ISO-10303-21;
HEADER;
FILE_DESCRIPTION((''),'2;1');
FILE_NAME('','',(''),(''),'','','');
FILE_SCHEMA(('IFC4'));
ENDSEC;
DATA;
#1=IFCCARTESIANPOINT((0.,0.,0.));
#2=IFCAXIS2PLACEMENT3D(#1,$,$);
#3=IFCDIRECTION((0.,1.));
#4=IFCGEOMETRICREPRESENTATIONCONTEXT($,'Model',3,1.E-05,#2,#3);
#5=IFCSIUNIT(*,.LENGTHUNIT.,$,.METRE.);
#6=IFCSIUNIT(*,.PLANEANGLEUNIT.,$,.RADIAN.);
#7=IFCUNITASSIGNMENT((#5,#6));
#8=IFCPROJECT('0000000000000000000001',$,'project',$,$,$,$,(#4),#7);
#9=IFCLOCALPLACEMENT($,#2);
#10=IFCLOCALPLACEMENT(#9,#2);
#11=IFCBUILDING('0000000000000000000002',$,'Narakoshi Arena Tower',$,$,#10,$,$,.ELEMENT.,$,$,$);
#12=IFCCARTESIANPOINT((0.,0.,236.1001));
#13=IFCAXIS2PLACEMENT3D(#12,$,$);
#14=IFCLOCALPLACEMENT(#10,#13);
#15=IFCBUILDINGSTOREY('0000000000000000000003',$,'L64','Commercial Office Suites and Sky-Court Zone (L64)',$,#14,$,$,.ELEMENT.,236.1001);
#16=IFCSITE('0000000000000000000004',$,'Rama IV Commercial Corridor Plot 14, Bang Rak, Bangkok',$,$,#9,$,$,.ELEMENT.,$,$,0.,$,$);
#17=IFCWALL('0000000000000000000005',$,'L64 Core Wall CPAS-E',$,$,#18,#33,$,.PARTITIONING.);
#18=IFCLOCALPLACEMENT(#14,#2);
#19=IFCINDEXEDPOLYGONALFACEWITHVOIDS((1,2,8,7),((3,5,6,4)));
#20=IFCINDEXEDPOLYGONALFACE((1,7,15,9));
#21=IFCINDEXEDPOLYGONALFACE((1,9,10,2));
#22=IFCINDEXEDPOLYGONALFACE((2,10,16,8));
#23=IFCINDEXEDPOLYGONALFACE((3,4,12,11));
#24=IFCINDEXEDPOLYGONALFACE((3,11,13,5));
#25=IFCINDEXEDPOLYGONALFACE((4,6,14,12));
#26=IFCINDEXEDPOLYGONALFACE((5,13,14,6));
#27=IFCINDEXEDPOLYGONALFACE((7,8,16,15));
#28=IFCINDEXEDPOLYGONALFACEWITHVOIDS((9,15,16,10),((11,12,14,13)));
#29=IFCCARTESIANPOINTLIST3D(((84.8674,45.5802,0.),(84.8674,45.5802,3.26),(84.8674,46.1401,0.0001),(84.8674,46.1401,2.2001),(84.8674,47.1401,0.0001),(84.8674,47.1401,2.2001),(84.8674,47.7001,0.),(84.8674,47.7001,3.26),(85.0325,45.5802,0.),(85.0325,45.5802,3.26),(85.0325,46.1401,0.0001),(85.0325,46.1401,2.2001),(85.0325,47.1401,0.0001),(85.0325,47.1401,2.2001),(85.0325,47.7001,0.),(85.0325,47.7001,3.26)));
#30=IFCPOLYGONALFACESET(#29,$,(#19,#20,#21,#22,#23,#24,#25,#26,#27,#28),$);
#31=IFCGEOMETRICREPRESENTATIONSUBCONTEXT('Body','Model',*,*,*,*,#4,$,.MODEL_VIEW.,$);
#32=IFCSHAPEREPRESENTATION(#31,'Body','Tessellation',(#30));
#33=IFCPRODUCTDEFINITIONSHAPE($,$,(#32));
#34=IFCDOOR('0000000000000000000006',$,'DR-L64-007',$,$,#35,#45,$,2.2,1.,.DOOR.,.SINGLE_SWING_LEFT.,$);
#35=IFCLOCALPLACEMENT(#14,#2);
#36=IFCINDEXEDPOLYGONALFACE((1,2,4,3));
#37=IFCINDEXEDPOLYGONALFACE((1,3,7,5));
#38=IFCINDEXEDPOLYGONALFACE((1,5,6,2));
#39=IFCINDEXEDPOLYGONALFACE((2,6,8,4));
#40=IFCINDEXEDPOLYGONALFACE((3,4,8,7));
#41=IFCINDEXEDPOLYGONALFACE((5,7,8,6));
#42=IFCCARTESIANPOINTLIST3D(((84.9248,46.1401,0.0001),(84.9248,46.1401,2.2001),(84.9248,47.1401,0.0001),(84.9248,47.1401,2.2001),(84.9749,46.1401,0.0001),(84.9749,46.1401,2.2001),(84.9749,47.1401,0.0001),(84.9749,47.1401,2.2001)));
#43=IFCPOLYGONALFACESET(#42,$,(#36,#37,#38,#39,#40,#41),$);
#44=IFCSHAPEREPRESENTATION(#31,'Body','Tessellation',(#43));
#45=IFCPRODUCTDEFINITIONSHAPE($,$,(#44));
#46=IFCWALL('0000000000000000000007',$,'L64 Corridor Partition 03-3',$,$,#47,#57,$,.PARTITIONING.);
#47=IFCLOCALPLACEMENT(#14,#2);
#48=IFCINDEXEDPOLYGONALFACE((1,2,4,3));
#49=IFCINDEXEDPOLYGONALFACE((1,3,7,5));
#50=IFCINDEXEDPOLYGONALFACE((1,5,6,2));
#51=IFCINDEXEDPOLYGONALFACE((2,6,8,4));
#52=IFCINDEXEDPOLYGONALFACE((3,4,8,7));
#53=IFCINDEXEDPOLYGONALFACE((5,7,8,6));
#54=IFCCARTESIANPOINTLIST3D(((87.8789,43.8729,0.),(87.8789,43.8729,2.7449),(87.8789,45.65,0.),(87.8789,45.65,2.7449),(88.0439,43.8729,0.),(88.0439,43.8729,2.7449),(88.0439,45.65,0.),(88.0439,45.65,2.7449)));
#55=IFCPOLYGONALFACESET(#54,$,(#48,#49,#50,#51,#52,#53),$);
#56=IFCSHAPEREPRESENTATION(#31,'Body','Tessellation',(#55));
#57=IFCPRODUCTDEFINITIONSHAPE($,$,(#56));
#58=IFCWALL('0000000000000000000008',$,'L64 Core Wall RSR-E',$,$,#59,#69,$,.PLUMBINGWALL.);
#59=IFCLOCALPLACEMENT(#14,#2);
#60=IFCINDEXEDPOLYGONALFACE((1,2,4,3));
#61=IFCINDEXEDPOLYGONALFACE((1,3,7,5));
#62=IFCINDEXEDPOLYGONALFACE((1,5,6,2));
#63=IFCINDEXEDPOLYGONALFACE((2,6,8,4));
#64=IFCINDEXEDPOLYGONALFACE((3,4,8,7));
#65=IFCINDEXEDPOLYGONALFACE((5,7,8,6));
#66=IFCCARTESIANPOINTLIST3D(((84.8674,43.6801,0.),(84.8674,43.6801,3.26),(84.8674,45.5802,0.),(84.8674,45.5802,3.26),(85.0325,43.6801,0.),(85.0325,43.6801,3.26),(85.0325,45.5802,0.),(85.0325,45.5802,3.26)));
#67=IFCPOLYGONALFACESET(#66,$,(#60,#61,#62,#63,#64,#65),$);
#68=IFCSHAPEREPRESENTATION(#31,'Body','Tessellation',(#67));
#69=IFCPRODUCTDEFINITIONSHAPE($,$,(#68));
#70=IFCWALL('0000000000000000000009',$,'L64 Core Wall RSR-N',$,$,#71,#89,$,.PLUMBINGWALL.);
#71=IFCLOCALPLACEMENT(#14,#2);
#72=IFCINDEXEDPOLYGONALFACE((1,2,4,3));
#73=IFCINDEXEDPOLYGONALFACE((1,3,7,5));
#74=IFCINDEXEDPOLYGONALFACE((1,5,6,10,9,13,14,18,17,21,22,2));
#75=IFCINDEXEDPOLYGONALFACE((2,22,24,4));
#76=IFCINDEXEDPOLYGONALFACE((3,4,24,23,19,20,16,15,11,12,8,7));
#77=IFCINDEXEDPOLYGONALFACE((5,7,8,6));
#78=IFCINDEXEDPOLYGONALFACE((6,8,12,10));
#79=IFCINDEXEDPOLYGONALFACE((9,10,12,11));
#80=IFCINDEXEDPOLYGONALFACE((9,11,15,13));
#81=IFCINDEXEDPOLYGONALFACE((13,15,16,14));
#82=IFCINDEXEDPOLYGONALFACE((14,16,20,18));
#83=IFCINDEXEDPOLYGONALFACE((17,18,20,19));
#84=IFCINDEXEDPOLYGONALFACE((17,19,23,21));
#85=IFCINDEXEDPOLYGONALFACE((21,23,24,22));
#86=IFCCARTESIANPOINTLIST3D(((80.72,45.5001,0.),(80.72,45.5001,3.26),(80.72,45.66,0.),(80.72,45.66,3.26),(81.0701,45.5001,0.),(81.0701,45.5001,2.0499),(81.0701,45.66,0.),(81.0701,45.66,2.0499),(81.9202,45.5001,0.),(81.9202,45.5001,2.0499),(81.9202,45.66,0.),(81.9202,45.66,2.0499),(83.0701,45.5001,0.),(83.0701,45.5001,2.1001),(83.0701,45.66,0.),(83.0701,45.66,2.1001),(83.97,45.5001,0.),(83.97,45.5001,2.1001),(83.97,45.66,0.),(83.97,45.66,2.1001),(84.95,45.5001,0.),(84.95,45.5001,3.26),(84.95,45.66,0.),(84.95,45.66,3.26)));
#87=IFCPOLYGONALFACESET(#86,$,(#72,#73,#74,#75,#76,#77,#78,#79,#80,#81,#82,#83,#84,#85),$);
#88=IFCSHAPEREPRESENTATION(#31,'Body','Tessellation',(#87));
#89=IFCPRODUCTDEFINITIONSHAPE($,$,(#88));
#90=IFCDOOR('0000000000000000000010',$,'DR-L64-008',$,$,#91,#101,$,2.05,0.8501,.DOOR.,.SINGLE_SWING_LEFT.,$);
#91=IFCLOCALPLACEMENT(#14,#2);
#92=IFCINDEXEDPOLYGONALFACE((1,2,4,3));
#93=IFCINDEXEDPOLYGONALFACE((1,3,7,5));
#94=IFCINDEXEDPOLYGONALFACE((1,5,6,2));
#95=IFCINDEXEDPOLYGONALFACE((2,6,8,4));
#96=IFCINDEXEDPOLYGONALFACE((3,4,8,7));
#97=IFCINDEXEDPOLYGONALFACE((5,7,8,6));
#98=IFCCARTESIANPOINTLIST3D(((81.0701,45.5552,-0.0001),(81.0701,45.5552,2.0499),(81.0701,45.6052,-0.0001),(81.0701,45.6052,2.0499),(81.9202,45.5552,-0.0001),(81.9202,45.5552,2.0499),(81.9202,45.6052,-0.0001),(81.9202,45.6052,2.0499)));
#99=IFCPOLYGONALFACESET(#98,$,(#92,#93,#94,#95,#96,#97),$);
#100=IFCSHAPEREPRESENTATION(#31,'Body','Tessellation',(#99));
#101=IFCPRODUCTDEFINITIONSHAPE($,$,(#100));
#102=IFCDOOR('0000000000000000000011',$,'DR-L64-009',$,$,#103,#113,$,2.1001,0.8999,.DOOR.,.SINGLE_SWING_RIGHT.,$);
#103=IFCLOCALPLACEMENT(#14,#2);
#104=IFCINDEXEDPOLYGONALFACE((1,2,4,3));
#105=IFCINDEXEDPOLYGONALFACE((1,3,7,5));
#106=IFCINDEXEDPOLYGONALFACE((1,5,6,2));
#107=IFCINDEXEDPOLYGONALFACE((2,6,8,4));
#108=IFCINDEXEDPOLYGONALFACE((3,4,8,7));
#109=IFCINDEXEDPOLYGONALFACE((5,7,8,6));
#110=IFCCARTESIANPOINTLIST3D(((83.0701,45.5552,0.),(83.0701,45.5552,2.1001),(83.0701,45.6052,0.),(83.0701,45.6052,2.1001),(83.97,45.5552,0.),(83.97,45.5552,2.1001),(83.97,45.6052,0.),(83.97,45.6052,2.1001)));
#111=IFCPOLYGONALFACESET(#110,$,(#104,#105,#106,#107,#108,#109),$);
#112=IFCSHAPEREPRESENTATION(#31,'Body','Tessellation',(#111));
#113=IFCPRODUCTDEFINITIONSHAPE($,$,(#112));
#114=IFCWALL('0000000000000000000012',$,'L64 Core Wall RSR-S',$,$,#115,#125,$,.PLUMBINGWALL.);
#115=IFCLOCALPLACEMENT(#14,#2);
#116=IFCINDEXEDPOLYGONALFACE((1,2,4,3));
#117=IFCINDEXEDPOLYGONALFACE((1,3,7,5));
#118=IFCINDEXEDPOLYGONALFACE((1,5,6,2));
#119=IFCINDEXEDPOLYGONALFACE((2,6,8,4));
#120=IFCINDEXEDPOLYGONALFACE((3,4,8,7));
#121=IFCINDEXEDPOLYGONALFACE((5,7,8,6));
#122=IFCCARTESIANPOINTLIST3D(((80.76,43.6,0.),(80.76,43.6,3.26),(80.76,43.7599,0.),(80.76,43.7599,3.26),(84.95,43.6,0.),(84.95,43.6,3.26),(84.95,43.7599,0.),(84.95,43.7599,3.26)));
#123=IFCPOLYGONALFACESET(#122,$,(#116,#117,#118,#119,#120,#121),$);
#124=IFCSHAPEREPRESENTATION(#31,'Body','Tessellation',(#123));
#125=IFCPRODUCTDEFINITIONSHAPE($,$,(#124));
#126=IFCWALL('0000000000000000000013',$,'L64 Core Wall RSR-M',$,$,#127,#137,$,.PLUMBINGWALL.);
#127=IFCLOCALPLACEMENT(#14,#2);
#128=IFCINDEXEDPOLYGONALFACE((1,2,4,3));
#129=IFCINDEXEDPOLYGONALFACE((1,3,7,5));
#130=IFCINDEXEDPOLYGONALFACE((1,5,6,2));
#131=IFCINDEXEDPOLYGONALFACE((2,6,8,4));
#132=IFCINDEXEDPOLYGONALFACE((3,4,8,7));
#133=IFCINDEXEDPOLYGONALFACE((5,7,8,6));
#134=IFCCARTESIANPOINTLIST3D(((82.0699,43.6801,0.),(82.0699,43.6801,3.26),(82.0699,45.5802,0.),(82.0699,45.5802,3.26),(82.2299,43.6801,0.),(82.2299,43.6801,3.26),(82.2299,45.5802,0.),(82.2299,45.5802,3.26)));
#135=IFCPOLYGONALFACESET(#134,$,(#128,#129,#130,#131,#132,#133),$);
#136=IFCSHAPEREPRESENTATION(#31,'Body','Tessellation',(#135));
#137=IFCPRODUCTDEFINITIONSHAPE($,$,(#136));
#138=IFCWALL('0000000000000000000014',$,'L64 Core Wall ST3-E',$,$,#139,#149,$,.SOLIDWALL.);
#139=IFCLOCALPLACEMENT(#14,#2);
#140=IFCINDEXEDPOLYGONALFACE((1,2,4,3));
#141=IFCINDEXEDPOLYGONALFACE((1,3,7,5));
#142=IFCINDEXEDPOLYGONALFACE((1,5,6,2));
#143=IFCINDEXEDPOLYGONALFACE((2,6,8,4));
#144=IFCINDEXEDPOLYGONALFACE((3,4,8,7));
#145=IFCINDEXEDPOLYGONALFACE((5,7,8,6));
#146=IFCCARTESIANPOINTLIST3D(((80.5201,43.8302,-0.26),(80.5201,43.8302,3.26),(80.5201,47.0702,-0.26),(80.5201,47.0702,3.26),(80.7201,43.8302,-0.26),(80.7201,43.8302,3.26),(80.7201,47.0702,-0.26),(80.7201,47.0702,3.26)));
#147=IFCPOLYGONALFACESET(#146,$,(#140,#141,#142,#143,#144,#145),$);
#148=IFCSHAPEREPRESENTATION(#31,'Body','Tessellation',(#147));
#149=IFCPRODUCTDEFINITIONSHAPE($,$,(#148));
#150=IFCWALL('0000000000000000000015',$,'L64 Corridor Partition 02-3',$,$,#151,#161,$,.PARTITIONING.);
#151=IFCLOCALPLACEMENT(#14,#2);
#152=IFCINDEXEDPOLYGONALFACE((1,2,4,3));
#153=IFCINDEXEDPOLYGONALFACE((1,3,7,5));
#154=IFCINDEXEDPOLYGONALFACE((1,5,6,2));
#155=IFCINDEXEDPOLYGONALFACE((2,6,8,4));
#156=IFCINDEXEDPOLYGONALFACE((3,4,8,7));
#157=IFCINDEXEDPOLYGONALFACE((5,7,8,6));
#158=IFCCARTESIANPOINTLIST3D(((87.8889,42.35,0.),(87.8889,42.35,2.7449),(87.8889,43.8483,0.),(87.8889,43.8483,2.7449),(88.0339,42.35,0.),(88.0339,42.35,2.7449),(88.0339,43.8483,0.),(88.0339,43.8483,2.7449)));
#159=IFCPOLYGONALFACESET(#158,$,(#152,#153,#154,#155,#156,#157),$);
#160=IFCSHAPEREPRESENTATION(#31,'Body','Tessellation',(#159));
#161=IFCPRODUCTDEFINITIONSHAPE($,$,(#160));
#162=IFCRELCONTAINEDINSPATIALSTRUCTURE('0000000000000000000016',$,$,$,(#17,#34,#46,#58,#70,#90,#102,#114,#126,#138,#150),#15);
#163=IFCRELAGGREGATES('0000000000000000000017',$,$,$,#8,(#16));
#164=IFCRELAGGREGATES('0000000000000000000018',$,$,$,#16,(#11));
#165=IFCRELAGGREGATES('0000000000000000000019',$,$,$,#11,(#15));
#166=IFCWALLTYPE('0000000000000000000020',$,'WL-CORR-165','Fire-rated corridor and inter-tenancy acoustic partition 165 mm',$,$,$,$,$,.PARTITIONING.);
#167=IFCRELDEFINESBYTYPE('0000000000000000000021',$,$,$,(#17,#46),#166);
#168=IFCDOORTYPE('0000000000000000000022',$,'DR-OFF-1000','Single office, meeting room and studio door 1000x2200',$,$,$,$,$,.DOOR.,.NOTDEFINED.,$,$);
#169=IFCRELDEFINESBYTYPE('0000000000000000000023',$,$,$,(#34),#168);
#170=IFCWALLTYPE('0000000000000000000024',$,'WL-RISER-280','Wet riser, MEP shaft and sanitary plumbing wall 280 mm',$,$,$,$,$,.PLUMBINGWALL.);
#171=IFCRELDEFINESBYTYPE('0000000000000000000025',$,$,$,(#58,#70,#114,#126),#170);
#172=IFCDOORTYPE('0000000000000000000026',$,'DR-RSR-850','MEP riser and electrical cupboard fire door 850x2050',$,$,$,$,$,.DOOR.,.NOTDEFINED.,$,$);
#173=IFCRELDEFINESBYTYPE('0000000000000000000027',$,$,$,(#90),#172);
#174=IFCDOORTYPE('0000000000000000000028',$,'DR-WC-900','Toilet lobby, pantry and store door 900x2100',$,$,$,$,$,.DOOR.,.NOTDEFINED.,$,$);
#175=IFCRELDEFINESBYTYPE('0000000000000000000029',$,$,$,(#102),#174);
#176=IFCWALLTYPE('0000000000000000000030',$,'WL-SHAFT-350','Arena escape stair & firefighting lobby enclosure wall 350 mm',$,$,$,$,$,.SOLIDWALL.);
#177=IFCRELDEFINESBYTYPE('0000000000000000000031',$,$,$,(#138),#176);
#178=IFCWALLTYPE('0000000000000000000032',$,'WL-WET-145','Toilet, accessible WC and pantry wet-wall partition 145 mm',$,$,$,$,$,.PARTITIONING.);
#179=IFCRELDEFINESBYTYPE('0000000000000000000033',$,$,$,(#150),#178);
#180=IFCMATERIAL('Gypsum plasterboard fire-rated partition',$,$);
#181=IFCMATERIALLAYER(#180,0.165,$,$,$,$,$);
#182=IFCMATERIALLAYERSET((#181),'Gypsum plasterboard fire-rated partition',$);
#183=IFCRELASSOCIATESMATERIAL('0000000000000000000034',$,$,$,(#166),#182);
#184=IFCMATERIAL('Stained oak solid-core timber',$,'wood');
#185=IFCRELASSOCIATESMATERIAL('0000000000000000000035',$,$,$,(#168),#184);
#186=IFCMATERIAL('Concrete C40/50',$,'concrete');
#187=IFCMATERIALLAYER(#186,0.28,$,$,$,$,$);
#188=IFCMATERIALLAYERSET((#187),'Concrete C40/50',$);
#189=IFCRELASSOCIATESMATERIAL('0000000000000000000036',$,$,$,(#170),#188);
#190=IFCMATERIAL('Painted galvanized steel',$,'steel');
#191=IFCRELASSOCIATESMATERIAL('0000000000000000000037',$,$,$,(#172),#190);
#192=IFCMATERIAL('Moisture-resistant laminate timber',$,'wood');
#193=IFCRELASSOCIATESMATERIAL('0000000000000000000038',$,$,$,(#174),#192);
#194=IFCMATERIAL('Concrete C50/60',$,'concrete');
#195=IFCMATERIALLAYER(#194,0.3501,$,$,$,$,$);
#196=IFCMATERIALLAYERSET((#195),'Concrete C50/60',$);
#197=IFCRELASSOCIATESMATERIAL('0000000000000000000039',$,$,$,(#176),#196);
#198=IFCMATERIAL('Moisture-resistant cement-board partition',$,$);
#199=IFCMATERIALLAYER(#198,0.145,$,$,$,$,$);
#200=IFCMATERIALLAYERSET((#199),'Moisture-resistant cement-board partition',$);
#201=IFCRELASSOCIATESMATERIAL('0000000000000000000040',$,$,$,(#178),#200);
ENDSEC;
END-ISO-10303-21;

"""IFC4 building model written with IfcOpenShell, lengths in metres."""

from ifc_helpers import new_model, si_unit, direction, frame, frame_2d, origin, place, context, subcontext, project, spatial, rectangle, extrude, material, layer, layer_set, type_object, element, fill, save


model = new_model("IFC4")

# Units and contexts
model_context = context("Model", 3, precision=1e-05, world=origin(), true_north=direction((0.0, 1.0)))
body_context = subcontext(model_context, "Body", "Model", "MODEL_VIEW")
ifc_project = project(units=[si_unit("LENGTHUNIT", "METRE"), si_unit("PLANEANGLEUNIT", "RADIAN")], contexts=[model_context])

# Site, building, storey
site_placement = place(None, origin())
site = spatial("IfcSite", under=ifc_project, at=site_placement, Name="Rama IV Commercial Corridor Plot 14, Bang Rak, Bangkok", CompositionType="ELEMENT", RefElevation=0.0)
building_placement = place(site_placement, origin())
building = spatial("IfcBuilding", under=site, at=building_placement, Name="Narakoshi Arena Tower", CompositionType="ELEMENT")
storey_placement = place(building_placement, frame((0.0, 0.0, 236.1001)))
storey = spatial("IfcBuildingStorey", under=building, at=storey_placement, Name="L64", Description="Commercial Office Suites and Sky-Court Zone (L64)", CompositionType="ELEMENT", Elevation=236.1001)

# Shared definitions
ifc_material_1 = material(Name="Concrete C50/60", Category="concrete")

# Wall, opening, door
ifc_material_2 = material(Name="Gypsum plasterboard fire-rated partition")
ifc_layer_1 = layer(ifc_material_2, 0.165)
ifc_layer_set_1 = layer_set([ifc_layer_1], Name="Gypsum plasterboard fire-rated partition")
wall_type_1 = type_object("IfcWallType", Name="WL-CORR-165", Description="Fire-rated corridor and inter-tenancy acoustic partition 165 mm", PredefinedType="PARTITIONING", material=ifc_layer_set_1)
wall_1_placement = place(storey_placement, frame((84.95, 45.5801, 0.0), z_axis=(0.0, 0.0, 1.0), x_axis=(0.0, 1.0, 0.0)))
wall_1 = element("IfcWall", 1, at=wall_1_placement, inside=storey, type_object=wall_type_1, Name="L64 Core Wall CPAS-E", PredefinedType="PARTITIONING", context=body_context, shape_type="SweptSolid", body=[
    extrude(rectangle(XDim=2.1199, YDim=0.165, at=frame_2d((1.0601, 0.0))), origin(), (0.0, 0.0, 1.0), 3.26),
])
opening_1_placement = place(wall_1_placement, frame((0.5601, 0.0, 0.0)))
opening_1 = element("IfcOpeningElement", 2, at=opening_1_placement, cuts=wall_1, PredefinedType="OPENING", context=body_context, shape_type="SweptSolid", body=[
    extrude(rectangle(XDim=1.0, YDim=2.2, at=frame_2d((0.5, 1.1001))), frame((0.0, 0.0925, 0.0), z_axis=(0.0, -1.0, 0.0), x_axis=(1.0, 0.0, 0.0)), (0.0, 0.0, 1.0), 0.1851),
])
ifc_material_3 = material(Name="Stained oak solid-core timber", Category="wood")
door_type_1 = type_object("IfcDoorType", Name="DR-OFF-1000", Description="Single office, meeting room and studio door 1000x2200", OperationType="NOTDEFINED", PredefinedType="DOOR", material=ifc_material_3)
door_1_placement = place(opening_1_placement, frame((1.0, 0.0, 0.0), z_axis=(0.0, 0.0, 1.0), x_axis=(-1.0, 0.0, 0.0)))
door_1 = element("IfcDoor", 3, at=door_1_placement, inside=storey, type_object=door_type_1, Name="DR-L64-007", OperationType="SINGLE_SWING_LEFT", OverallHeight=2.2, OverallWidth=1.0, PredefinedType="DOOR", context=body_context, shape_type="SweptSolid", body=[
    extrude(rectangle(XDim=1.0, YDim=2.2, at=frame_2d((0.5, 1.1001))), frame((0.0, 0.0249, 0.0), z_axis=(0.0, -1.0, 0.0), x_axis=(1.0, 0.0, 0.0)), (0.0, 0.0, 1.0), 0.05),
])
fill(opening_1, door_1)

# Walls
wall_2_placement = place(storey_placement, frame((87.9614, 43.8728, 0.0), z_axis=(0.0, 0.0, 1.0), x_axis=(0.0, 1.0, 0.0)))
element("IfcWall", 4, at=wall_2_placement, inside=storey, type_object=wall_type_1, Name="L64 Corridor Partition 03-3", PredefinedType="PARTITIONING", context=body_context, shape_type="SweptSolid", body=[
    extrude(rectangle(XDim=1.7771, YDim=0.165, at=frame_2d((0.8887, 0.0))), origin(), (0.0, 0.0, 1.0), 2.7449),
])
ifc_material_4 = material(Name="Concrete C40/50", Category="concrete")
ifc_layer_2 = layer(ifc_material_4, 0.28)
ifc_layer_set_2 = layer_set([ifc_layer_2], Name="Concrete C40/50")
wall_type_2 = type_object("IfcWallType", Name="WL-RISER-280", Description="Wet riser, MEP shaft and sanitary plumbing wall 280 mm", PredefinedType="PLUMBINGWALL", material=ifc_layer_set_2)
wall_3_placement = place(storey_placement, frame((84.95, 43.6799, 0.0), z_axis=(0.0, 0.0, 1.0), x_axis=(0.0, 1.0, 0.0)))
element("IfcWall", 5, at=wall_3_placement, inside=storey, type_object=wall_type_2, Name="L64 Core Wall RSR-E", PredefinedType="PLUMBINGWALL", context=body_context, shape_type="SweptSolid", body=[
    extrude(rectangle(XDim=1.9001, YDim=0.165, at=frame_2d((0.9502, 0.0))), origin(), (0.0, 0.0, 1.0), 3.26),
])

# Wall, openings, doors
wall_4_placement = place(storey_placement, frame((80.72, 45.5801, 0.0), z_axis=(0.0, 0.0, 1.0), x_axis=(1.0, 0.0, 0.0)))
wall_4 = element("IfcWall", 6, at=wall_4_placement, inside=storey, type_object=wall_type_2, Name="L64 Core Wall RSR-N", PredefinedType="PLUMBINGWALL", context=body_context, shape_type="SweptSolid", body=[
    extrude(rectangle(XDim=4.23, YDim=0.1599, at=frame_2d((2.115, 0.0))), origin(), (0.0, 0.0, 1.0), 3.26),
])
opening_2_placement = place(wall_4_placement, frame((0.3501, 0.0, 0.0)))
opening_2 = element("IfcOpeningElement", 7, at=opening_2_placement, cuts=wall_4, PredefinedType="OPENING", context=body_context, shape_type="SweptSolid", body=[
    extrude(rectangle(XDim=0.8501, YDim=2.05, at=frame_2d((0.425, 1.0249))), frame((0.0, 0.0898, 0.0), z_axis=(0.0, -1.0, 0.0), x_axis=(1.0, 0.0, 0.0)), (0.0, 0.0, 1.0), 0.1799),
])
opening_3_placement = place(wall_4_placement, frame((2.3501, 0.0, 0.0)))
opening_3 = element("IfcOpeningElement", 8, at=opening_3_placement, cuts=wall_4, PredefinedType="OPENING", context=body_context, shape_type="SweptSolid", body=[
    extrude(rectangle(XDim=0.8999, YDim=2.1001, at=frame_2d((0.45, 1.05))), frame((0.0, 0.0898, 0.0), z_axis=(0.0, -1.0, 0.0), x_axis=(1.0, 0.0, 0.0)), (0.0, 0.0, 1.0), 0.1799),
])
ifc_material_5 = material(Name="Painted galvanized steel", Category="steel")
door_type_2 = type_object("IfcDoorType", Name="DR-RSR-850", Description="MEP riser and electrical cupboard fire door 850x2050", OperationType="NOTDEFINED", PredefinedType="DOOR", material=ifc_material_5)
door_2_placement = place(opening_2_placement, frame((0.8501, 0.0, 0.0), z_axis=(0.0, 0.0, 1.0), x_axis=(-1.0, 0.0, 0.0)))
door_2 = element("IfcDoor", 9, at=door_2_placement, inside=storey, type_object=door_type_2, Name="DR-L64-008", OperationType="SINGLE_SWING_LEFT", OverallHeight=2.05, OverallWidth=0.8501, PredefinedType="DOOR", context=body_context, shape_type="SweptSolid", body=[
    extrude(rectangle(XDim=0.8501, YDim=2.05, at=frame_2d((0.425, 1.0249))), frame((0.0, 0.0249, 0.0), z_axis=(0.0, -1.0, 0.0), x_axis=(1.0, 0.0, 0.0)), (0.0, 0.0, 1.0), 0.05),
])
fill(opening_2, door_2)
ifc_material_6 = material(Name="Moisture-resistant laminate timber", Category="wood")
door_type_3 = type_object("IfcDoorType", Name="DR-WC-900", Description="Toilet lobby, pantry and store door 900x2100", OperationType="NOTDEFINED", PredefinedType="DOOR", material=ifc_material_6)
door_3_placement = place(opening_3_placement, frame((0.8999, 0.0, 0.0), z_axis=(0.0, 0.0, 1.0), x_axis=(-1.0, 0.0, 0.0)))
door_3 = element("IfcDoor", 10, at=door_3_placement, inside=storey, type_object=door_type_3, Name="DR-L64-009", OperationType="SINGLE_SWING_RIGHT", OverallHeight=2.1001, OverallWidth=0.8999, PredefinedType="DOOR", context=body_context, shape_type="SweptSolid", body=[
    extrude(rectangle(XDim=0.8999, YDim=2.1001, at=frame_2d((0.45, 1.05))), frame((0.0, 0.0249, 0.0), z_axis=(0.0, -1.0, 0.0), x_axis=(1.0, 0.0, 0.0)), (0.0, 0.0, 1.0), 0.05),
])
fill(opening_3, door_3)

# Walls
wall_5_placement = place(storey_placement, frame((80.76, 43.6799, 0.0), z_axis=(0.0, 0.0, 1.0), x_axis=(1.0, 0.0, 0.0)))
element("IfcWall", 11, at=wall_5_placement, inside=storey, type_object=wall_type_2, Name="L64 Core Wall RSR-S", PredefinedType="PLUMBINGWALL", context=body_context, shape_type="SweptSolid", body=[
    extrude(rectangle(XDim=4.1899, YDim=0.1599, at=frame_2d((2.095, 0.0))), origin(), (0.0, 0.0, 1.0), 3.26),
])
wall_6_placement = place(storey_placement, frame((82.1499, 43.6799, 0.0), z_axis=(0.0, 0.0, 1.0), x_axis=(0.0, 1.0, 0.0)))
element("IfcWall", 12, at=wall_6_placement, inside=storey, type_object=wall_type_2, Name="L64 Core Wall RSR-M", PredefinedType="PLUMBINGWALL", context=body_context, shape_type="SweptSolid", body=[
    extrude(rectangle(XDim=1.9001, YDim=0.1599, at=frame_2d((0.9502, 0.0))), origin(), (0.0, 0.0, 1.0), 3.26),
])
ifc_layer_3 = layer(ifc_material_1, 0.3501)
ifc_layer_set_3 = layer_set([ifc_layer_3], Name="Concrete C50/60")
wall_type_3 = type_object("IfcWallType", Name="WL-SHAFT-350", Description="Arena escape stair & firefighting lobby enclosure wall 350 mm", PredefinedType="SOLIDWALL", material=ifc_layer_set_3)
wall_7_placement = place(storey_placement, frame((80.6201, 43.8301, -0.26), z_axis=(0.0, 0.0, 1.0), x_axis=(0.0, 1.0, 0.0)))
element("IfcWall", 13, at=wall_7_placement, inside=storey, type_object=wall_type_3, Name="L64 Core Wall ST3-E", PredefinedType="SOLIDWALL", context=body_context, shape_type="SweptSolid", body=[
    extrude(rectangle(XDim=3.24, YDim=0.2, at=frame_2d((1.6201, 0.0))), origin(), (0.0, 0.0, 1.0), 3.52),
])
ifc_material_7 = material(Name="Moisture-resistant cement-board partition")
ifc_layer_4 = layer(ifc_material_7, 0.145)
ifc_layer_set_4 = layer_set([ifc_layer_4], Name="Moisture-resistant cement-board partition")
wall_type_4 = type_object("IfcWallType", Name="WL-WET-145", Description="Toilet, accessible WC and pantry wet-wall partition 145 mm", PredefinedType="PARTITIONING", material=ifc_layer_set_4)
wall_8_placement = place(storey_placement, frame((87.9614, 42.3501, 0.0), z_axis=(0.0, 0.0, 1.0), x_axis=(0.0, 1.0, 0.0)))
element("IfcWall", 14, at=wall_8_placement, inside=storey, type_object=wall_type_4, Name="L64 Corridor Partition 02-3", PredefinedType="PARTITIONING", context=body_context, shape_type="SweptSolid", body=[
    extrude(rectangle(XDim=1.4983, YDim=0.145, at=frame_2d((0.749, 0.0))), origin(), (0.0, 0.0, 1.0), 2.7449),
])

save(model, "model.ifc")
